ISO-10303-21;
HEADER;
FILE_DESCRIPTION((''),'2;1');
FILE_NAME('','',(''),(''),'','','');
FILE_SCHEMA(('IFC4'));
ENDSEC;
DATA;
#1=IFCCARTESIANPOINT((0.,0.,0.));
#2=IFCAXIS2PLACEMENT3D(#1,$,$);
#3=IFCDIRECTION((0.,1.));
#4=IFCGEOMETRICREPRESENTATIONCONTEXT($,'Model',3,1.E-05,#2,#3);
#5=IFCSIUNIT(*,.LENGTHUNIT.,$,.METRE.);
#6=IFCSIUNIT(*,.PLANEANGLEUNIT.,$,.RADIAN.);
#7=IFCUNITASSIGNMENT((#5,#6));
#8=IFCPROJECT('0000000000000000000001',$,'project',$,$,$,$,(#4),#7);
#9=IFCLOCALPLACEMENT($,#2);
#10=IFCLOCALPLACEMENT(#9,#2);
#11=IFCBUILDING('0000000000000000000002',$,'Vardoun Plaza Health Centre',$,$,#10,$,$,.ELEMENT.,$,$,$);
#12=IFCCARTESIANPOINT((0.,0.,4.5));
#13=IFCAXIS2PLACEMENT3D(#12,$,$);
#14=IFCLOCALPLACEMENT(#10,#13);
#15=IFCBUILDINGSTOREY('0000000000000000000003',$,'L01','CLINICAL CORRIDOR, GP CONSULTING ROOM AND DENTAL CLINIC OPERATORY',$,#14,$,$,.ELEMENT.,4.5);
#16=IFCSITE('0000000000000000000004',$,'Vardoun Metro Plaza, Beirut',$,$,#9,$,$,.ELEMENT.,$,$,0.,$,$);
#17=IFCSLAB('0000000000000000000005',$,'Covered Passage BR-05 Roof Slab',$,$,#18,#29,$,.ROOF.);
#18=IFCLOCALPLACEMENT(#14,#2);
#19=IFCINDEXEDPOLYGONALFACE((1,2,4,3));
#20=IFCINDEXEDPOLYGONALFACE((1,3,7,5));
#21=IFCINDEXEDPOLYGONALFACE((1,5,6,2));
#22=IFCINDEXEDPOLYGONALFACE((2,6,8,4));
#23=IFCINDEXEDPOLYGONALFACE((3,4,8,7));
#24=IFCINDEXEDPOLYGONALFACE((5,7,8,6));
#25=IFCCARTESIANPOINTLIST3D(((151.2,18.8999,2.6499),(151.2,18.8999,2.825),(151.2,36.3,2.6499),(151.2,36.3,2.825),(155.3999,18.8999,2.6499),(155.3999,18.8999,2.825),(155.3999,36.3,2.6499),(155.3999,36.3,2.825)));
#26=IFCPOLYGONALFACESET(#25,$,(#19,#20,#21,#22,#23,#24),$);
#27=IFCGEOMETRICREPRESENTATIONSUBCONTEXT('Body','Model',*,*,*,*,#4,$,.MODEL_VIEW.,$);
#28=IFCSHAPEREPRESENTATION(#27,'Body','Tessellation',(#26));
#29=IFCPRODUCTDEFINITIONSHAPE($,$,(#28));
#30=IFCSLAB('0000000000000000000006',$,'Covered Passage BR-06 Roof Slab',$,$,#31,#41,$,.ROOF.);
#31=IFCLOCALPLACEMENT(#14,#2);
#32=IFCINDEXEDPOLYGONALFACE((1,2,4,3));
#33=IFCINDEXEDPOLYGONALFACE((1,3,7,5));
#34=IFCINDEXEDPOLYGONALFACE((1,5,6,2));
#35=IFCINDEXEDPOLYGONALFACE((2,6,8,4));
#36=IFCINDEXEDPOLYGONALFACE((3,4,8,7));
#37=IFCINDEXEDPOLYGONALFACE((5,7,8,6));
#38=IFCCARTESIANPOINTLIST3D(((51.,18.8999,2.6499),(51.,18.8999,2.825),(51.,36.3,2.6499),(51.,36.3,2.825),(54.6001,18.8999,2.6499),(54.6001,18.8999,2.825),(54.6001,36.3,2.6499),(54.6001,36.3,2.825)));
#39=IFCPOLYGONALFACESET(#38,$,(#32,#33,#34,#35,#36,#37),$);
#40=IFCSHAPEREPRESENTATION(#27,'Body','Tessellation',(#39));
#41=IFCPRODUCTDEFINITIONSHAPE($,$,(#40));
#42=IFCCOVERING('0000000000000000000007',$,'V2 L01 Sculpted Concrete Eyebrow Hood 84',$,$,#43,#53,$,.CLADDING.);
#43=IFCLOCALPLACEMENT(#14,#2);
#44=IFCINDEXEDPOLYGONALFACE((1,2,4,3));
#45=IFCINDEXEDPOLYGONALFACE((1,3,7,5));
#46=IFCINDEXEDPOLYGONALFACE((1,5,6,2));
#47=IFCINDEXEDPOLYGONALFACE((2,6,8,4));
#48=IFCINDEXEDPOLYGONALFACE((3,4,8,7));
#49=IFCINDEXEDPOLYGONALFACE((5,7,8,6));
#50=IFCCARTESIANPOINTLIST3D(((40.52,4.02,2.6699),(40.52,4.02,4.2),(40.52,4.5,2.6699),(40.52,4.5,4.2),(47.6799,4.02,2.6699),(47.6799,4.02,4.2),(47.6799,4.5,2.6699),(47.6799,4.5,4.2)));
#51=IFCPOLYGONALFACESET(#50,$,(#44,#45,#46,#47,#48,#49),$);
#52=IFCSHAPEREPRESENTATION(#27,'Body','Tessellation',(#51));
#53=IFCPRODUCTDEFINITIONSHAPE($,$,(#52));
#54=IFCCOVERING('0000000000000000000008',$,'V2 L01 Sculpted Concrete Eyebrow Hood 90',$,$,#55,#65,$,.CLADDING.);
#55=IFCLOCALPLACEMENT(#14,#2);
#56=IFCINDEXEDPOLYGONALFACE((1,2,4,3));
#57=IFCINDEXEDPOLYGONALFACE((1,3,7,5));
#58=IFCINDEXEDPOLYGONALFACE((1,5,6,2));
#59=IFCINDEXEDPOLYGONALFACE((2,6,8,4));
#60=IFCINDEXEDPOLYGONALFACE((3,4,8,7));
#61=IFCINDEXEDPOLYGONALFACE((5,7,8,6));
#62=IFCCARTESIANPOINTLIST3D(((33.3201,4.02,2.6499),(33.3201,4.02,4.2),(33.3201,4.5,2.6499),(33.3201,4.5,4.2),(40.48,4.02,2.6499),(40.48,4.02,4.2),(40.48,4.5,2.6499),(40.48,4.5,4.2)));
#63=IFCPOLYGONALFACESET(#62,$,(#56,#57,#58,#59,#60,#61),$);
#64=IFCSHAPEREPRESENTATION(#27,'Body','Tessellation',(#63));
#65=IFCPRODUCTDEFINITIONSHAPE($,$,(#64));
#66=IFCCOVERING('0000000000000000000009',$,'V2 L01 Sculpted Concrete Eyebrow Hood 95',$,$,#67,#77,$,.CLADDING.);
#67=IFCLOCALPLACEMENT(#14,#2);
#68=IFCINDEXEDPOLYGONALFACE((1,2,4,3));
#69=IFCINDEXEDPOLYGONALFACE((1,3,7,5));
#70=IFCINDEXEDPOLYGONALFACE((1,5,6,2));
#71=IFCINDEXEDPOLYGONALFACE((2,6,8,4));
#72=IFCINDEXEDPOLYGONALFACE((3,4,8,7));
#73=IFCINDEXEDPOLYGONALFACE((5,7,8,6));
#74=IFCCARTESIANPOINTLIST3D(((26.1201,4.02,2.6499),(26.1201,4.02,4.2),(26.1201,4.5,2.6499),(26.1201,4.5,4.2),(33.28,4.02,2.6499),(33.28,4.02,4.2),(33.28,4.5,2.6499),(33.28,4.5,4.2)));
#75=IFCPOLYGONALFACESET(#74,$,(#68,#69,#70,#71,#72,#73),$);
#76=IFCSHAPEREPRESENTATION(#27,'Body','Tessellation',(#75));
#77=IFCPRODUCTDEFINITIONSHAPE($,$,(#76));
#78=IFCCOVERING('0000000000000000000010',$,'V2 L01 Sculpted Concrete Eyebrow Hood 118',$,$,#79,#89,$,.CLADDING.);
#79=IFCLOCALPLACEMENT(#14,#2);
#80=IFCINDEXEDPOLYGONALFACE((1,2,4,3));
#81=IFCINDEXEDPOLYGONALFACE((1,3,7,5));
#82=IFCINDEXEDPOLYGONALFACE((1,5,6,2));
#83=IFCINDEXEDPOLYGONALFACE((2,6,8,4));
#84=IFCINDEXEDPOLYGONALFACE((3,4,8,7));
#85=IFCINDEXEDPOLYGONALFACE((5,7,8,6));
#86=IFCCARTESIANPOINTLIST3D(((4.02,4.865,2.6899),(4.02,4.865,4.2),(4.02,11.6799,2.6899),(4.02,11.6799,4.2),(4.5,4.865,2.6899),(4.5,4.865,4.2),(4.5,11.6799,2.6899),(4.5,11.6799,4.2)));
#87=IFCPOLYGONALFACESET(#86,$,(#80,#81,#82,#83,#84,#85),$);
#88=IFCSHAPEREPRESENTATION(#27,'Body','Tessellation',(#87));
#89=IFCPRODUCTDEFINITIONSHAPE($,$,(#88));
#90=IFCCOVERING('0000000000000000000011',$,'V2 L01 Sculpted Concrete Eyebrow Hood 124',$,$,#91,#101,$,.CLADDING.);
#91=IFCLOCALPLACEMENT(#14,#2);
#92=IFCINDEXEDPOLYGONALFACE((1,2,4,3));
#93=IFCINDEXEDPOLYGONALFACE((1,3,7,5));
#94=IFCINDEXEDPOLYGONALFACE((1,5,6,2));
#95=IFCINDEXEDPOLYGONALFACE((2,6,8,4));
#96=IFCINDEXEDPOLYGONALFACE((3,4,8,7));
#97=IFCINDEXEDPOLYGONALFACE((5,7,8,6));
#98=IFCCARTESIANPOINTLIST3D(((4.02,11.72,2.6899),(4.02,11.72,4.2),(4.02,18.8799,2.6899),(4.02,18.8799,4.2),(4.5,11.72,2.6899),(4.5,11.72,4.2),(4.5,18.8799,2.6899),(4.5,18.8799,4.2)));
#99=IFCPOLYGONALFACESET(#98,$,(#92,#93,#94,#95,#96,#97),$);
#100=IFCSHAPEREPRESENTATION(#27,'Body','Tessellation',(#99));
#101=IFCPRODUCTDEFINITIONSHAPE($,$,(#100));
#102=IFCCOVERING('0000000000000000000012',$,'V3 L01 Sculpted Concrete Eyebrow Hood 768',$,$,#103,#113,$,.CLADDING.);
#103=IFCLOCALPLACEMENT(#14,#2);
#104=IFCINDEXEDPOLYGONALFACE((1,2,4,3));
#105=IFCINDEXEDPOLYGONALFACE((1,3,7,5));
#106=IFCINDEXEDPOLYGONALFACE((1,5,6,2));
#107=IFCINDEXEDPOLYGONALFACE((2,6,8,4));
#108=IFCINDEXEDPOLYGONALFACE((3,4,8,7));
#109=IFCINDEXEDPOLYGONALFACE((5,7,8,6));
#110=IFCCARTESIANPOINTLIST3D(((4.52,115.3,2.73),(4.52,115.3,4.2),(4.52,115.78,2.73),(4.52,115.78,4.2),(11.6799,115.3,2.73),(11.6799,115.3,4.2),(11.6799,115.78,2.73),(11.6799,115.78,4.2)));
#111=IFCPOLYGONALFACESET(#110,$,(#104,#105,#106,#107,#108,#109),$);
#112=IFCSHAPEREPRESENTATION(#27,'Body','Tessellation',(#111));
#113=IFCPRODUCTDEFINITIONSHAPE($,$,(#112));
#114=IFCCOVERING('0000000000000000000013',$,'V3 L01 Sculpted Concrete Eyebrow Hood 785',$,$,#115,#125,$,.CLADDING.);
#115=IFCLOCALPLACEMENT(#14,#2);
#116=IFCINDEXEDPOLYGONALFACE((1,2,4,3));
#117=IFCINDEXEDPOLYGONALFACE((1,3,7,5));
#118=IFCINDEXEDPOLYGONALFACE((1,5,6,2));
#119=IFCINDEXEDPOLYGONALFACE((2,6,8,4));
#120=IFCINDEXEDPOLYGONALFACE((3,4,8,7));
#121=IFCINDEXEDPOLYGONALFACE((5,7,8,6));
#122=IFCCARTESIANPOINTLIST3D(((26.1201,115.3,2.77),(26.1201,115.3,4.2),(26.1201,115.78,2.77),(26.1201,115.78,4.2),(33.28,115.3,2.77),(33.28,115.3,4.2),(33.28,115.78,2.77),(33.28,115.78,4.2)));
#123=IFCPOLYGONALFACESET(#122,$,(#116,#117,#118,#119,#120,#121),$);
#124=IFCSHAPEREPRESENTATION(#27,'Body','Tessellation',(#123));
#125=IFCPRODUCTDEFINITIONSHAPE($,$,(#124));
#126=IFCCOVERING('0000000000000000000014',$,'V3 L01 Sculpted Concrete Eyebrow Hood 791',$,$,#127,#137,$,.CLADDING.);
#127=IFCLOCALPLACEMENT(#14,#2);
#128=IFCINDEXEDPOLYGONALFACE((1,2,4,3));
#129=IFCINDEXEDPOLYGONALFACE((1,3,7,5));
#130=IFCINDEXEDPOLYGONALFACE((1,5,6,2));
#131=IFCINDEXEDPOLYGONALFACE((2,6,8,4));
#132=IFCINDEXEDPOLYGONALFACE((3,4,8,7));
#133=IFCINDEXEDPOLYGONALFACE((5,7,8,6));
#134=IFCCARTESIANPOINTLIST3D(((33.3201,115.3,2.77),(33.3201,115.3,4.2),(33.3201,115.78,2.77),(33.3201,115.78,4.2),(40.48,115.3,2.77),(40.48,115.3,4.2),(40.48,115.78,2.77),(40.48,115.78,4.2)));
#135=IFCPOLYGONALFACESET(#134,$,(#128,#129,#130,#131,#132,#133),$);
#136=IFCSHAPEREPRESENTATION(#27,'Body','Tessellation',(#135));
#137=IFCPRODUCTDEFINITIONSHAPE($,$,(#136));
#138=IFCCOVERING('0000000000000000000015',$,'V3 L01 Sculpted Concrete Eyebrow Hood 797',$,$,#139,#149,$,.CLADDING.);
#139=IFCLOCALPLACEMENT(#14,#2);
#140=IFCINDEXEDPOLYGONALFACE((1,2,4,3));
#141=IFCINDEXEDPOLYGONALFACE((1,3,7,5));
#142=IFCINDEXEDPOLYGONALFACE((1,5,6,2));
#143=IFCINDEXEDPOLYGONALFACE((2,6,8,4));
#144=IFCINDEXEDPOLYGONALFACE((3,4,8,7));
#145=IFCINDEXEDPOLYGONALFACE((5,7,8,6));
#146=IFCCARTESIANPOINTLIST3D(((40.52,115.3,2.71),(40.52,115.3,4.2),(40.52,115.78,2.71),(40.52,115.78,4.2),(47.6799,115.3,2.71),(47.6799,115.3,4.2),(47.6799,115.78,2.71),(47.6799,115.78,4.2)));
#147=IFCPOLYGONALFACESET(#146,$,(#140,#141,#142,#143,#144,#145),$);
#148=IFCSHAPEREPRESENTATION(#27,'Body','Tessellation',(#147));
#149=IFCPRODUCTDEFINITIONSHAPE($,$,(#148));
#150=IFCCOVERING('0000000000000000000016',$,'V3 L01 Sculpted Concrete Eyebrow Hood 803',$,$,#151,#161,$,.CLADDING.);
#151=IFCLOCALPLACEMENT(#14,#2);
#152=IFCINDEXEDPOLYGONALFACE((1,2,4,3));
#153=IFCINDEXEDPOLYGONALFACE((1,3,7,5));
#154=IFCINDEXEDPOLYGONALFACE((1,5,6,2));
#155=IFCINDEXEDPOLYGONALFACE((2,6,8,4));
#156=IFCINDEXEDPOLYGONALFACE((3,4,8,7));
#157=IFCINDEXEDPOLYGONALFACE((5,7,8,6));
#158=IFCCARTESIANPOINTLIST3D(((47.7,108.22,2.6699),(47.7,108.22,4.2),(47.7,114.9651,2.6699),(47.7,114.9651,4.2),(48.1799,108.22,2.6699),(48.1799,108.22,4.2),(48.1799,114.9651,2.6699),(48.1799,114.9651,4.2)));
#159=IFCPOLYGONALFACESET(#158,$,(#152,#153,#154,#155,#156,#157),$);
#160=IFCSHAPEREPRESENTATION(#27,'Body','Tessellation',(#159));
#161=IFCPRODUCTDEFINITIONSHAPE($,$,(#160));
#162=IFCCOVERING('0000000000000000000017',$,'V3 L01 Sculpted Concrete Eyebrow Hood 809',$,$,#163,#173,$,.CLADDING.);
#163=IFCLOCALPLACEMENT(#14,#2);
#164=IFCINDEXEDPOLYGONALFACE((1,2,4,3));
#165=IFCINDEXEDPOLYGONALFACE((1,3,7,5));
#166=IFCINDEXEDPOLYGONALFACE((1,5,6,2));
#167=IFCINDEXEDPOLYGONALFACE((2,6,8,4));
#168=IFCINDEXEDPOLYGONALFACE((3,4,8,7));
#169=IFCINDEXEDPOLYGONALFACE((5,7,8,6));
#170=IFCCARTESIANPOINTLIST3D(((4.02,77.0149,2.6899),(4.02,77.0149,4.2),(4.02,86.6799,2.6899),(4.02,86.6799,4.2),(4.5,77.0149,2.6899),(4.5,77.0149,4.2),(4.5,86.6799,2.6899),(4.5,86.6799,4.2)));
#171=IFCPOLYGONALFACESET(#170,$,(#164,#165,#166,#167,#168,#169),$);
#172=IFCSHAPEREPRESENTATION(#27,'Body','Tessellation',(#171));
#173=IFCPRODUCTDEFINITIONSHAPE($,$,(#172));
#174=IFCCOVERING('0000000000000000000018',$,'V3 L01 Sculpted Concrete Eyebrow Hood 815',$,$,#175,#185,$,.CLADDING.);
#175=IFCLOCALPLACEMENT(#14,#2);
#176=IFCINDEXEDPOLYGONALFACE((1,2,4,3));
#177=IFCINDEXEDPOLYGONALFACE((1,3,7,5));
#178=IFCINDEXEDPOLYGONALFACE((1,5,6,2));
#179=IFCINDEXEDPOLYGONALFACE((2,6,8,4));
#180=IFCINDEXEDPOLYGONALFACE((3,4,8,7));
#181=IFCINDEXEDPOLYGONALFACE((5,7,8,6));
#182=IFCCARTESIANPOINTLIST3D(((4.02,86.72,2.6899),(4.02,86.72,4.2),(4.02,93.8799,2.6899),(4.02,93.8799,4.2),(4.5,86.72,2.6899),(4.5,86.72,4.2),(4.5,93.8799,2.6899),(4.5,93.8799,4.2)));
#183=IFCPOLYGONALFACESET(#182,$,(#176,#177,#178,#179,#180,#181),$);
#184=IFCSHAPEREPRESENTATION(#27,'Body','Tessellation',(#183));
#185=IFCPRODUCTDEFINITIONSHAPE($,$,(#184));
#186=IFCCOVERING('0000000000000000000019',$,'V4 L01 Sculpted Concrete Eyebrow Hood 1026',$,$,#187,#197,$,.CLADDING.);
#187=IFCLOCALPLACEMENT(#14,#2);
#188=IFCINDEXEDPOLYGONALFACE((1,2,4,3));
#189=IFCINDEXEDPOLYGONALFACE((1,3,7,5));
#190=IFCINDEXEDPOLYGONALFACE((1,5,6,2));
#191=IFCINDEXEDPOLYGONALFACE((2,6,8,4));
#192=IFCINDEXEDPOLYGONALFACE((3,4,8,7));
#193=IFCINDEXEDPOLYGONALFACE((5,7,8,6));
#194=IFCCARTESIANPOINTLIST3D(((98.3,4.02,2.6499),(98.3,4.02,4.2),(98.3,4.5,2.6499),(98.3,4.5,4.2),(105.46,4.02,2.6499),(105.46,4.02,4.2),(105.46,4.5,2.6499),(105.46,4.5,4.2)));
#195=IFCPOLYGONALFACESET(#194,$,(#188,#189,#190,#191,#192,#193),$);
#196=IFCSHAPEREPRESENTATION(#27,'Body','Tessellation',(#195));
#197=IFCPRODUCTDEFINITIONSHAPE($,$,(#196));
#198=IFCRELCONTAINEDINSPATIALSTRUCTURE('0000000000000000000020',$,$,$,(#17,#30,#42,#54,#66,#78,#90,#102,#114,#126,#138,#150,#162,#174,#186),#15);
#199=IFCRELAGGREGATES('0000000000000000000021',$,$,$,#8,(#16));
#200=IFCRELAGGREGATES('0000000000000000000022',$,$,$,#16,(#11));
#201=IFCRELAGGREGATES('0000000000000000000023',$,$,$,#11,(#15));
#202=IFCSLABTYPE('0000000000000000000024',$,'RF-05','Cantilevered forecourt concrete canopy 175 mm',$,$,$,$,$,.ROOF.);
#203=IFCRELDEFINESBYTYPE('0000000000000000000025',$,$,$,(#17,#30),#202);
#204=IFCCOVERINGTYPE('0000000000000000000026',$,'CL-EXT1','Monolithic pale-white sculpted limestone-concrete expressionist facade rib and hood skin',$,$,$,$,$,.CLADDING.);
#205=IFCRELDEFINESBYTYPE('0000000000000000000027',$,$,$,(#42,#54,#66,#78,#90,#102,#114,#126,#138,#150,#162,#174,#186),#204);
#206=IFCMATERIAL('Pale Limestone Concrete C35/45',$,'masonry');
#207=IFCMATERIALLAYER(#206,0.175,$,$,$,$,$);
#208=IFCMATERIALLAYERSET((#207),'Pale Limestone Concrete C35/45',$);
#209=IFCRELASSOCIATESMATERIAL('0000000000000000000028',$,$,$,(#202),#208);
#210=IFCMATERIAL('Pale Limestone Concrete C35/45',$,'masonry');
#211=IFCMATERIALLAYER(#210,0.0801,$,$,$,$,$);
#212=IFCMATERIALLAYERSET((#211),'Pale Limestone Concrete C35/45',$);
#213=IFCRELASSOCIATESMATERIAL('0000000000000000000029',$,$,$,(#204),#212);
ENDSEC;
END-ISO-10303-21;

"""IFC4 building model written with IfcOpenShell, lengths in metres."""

from ifc_helpers import new_model, si_unit, direction, frame, origin, place, context, subcontext, project, spatial, polyline, outline, extrude, material, layer, layer_set, type_object, element, save


model = new_model("IFC4")

# Units and contexts
model_context = context("Model", 3, precision=1e-05, world=origin(), true_north=direction((0.0, 1.0)))
body_context = subcontext(model_context, "Body", "Model", "MODEL_VIEW")
ifc_project = project(units=[si_unit("LENGTHUNIT", "METRE"), si_unit("PLANEANGLEUNIT", "RADIAN")], contexts=[model_context])

# Site, building, storey
site_placement = place(None, origin())
site = spatial("IfcSite", under=ifc_project, at=site_placement, Name="Vardoun Metro Plaza, Beirut", CompositionType="ELEMENT", RefElevation=0.0)
building_placement = place(site_placement, origin())
building = spatial("IfcBuilding", under=site, at=building_placement, Name="Vardoun Plaza Health Centre", CompositionType="ELEMENT")
storey_placement = place(building_placement, frame((0.0, 0.0, 4.5)))
storey = spatial("IfcBuildingStorey", under=building, at=storey_placement, Name="L01", Description="CLINICAL CORRIDOR, GP CONSULTING ROOM AND DENTAL CLINIC OPERATORY", CompositionType="ELEMENT", Elevation=4.5)

# Slabs
ifc_material_1 = material(Name="Pale Limestone Concrete C35/45", Category="masonry")
ifc_layer_1 = layer(ifc_material_1, 0.175)
ifc_layer_set_1 = layer_set([ifc_layer_1], Name="Pale Limestone Concrete C35/45")
slab_type = type_object("IfcSlabType", Name="RF-05", Description="Cantilevered forecourt concrete canopy 175 mm", PredefinedType="ROOF", material=ifc_layer_set_1)
slab_1_placement = place(storey_placement, frame((0.0, 0.0, 2.6499)))
element("IfcSlab", 1, at=slab_1_placement, inside=storey, type_object=slab_type, Name="Covered Passage BR-05 Roof Slab", PredefinedType="ROOF", context=body_context, shape_type="SweptSolid", body=[
    extrude(outline(polyline([(151.2, 18.8999), (155.3999, 18.8999), (155.3999, 36.3), (151.2, 36.3), (151.2, 18.8999)])), origin(), (0.0, 0.0, 1.0), 0.175),
])
slab_2_placement = place(storey_placement, frame((0.0, 0.0, 2.6499)))
element("IfcSlab", 2, at=slab_2_placement, inside=storey, type_object=slab_type, Name="Covered Passage BR-06 Roof Slab", PredefinedType="ROOF", context=body_context, shape_type="SweptSolid", body=[
    extrude(outline(polyline([(51.0, 18.8999), (54.6001, 18.8999), (54.6001, 36.3), (51.0, 36.3), (51.0, 18.8999)])), origin(), (0.0, 0.0, 1.0), 0.175),
])

# Coverings
ifc_material_2 = material(Name="Pale Limestone Concrete C35/45", Category="masonry")
ifc_layer_2 = layer(ifc_material_2, 0.0801)
ifc_layer_set_2 = layer_set([ifc_layer_2], Name="Pale Limestone Concrete C35/45")
covering_type = type_object("IfcCoveringType", Name="CL-EXT1", Description="Monolithic pale-white sculpted limestone-concrete expressionist facade rib and hood skin", PredefinedType="CLADDING", material=ifc_layer_set_2)
covering_1_placement = place(storey_placement, frame((0.0, 0.0, 2.6699)))
element("IfcCovering", 3, at=covering_1_placement, inside=storey, type_object=covering_type, Name="V2 L01 Sculpted Concrete Eyebrow Hood 84", PredefinedType="CLADDING", context=body_context, shape_type="SweptSolid", body=[
    extrude(outline(polyline([(47.6799, 4.5), (40.52, 4.5), (40.52, 4.02), (47.6799, 4.02), (47.6799, 4.5)])), origin(), (0.0, 0.0, 1.0), 1.53),
])
covering_2_placement = place(storey_placement, frame((0.0, 0.0, 2.6499)))
element("IfcCovering", 4, at=covering_2_placement, inside=storey, type_object=covering_type, Name="V2 L01 Sculpted Concrete Eyebrow Hood 90", PredefinedType="CLADDING", context=body_context, shape_type="SweptSolid", body=[
    extrude(outline(polyline([(40.48, 4.5), (33.3201, 4.5), (33.3201, 4.02), (40.48, 4.02), (40.48, 4.5)])), origin(), (0.0, 0.0, 1.0), 1.55),
])
covering_3_placement = place(storey_placement, frame((0.0, 0.0, 2.6499)))
element("IfcCovering", 5, at=covering_3_placement, inside=storey, type_object=covering_type, Name="V2 L01 Sculpted Concrete Eyebrow Hood 95", PredefinedType="CLADDING", context=body_context, shape_type="SweptSolid", body=[
    extrude(outline(polyline([(33.28, 4.5), (26.1201, 4.5), (26.1201, 4.02), (33.28, 4.02), (33.28, 4.5)])), origin(), (0.0, 0.0, 1.0), 1.55),
])
covering_4_placement = place(storey_placement, frame((0.0, 0.0, 2.6899)))
element("IfcCovering", 6, at=covering_4_placement, inside=storey, type_object=covering_type, Name="V2 L01 Sculpted Concrete Eyebrow Hood 118", PredefinedType="CLADDING", context=body_context, shape_type="SweptSolid", body=[
    extrude(outline(polyline([(4.5, 4.865), (4.5, 11.6799), (4.02, 11.6799), (4.02, 4.865), (4.5, 4.865)])), origin(), (0.0, 0.0, 1.0), 1.51),
])
covering_5_placement = place(storey_placement, frame((0.0, 0.0, 2.6899)))
element("IfcCovering", 7, at=covering_5_placement, inside=storey, type_object=covering_type, Name="V2 L01 Sculpted Concrete Eyebrow Hood 124", PredefinedType="CLADDING", context=body_context, shape_type="SweptSolid", body=[
    extrude(outline(polyline([(4.5, 11.72), (4.5, 18.8799), (4.02, 18.8799), (4.02, 11.72), (4.5, 11.72)])), origin(), (0.0, 0.0, 1.0), 1.51),
])
covering_6_placement = place(storey_placement, frame((0.0, 0.0, 2.73)))
element("IfcCovering", 8, at=covering_6_placement, inside=storey, type_object=covering_type, Name="V3 L01 Sculpted Concrete Eyebrow Hood 768", PredefinedType="CLADDING", context=body_context, shape_type="SweptSolid", body=[
    extrude(outline(polyline([(4.52, 115.3), (11.6799, 115.3), (11.6799, 115.78), (4.52, 115.78), (4.52, 115.3)])), origin(), (0.0, 0.0, 1.0), 1.47),
])
covering_7_placement = place(storey_placement, frame((0.0, 0.0, 2.77)))
element("IfcCovering", 9, at=covering_7_placement, inside=storey, type_object=covering_type, Name="V3 L01 Sculpted Concrete Eyebrow Hood 785", PredefinedType="CLADDING", context=body_context, shape_type="SweptSolid", body=[
    extrude(outline(polyline([(26.1201, 115.3), (33.28, 115.3), (33.28, 115.78), (26.1201, 115.78), (26.1201, 115.3)])), origin(), (0.0, 0.0, 1.0), 1.4299),
])
covering_8_placement = place(storey_placement, frame((0.0, 0.0, 2.77)))
element("IfcCovering", 10, at=covering_8_placement, inside=storey, type_object=covering_type, Name="V3 L01 Sculpted Concrete Eyebrow Hood 791", PredefinedType="CLADDING", context=body_context, shape_type="SweptSolid", body=[
    extrude(outline(polyline([(33.3201, 115.3), (40.48, 115.3), (40.48, 115.78), (33.3201, 115.78), (33.3201, 115.3)])), origin(), (0.0, 0.0, 1.0), 1.4299),
])
covering_9_placement = place(storey_placement, frame((0.0, 0.0, 2.71)))
element("IfcCovering", 11, at=covering_9_placement, inside=storey, type_object=covering_type, Name="V3 L01 Sculpted Concrete Eyebrow Hood 797", PredefinedType="CLADDING", context=body_context, shape_type="SweptSolid", body=[
    extrude(outline(polyline([(40.52, 115.3), (47.6799, 115.3), (47.6799, 115.78), (40.52, 115.78), (40.52, 115.3)])), origin(), (0.0, 0.0, 1.0), 1.49),
])
covering_10_placement = place(storey_placement, frame((0.0, 0.0, 2.6699)))
element("IfcCovering", 12, at=covering_10_placement, inside=storey, type_object=covering_type, Name="V3 L01 Sculpted Concrete Eyebrow Hood 803", PredefinedType="CLADDING", context=body_context, shape_type="SweptSolid", body=[
    extrude(outline(polyline([(47.7, 114.9651), (47.7, 108.22), (48.1799, 108.22), (48.1799, 114.9651), (47.7, 114.9651)])), origin(), (0.0, 0.0, 1.0), 1.53),
])
covering_11_placement = place(storey_placement, frame((0.0, 0.0, 2.6899)))
element("IfcCovering", 13, at=covering_11_placement, inside=storey, type_object=covering_type, Name="V3 L01 Sculpted Concrete Eyebrow Hood 809", PredefinedType="CLADDING", context=body_context, shape_type="SweptSolid", body=[
    extrude(outline(polyline([(4.5, 77.0149), (4.5, 86.6799), (4.02, 86.6799), (4.02, 77.0149), (4.5, 77.0149)])), origin(), (0.0, 0.0, 1.0), 1.51),
])
covering_12_placement = place(storey_placement, frame((0.0, 0.0, 2.6899)))
element("IfcCovering", 14, at=covering_12_placement, inside=storey, type_object=covering_type, Name="V3 L01 Sculpted Concrete Eyebrow Hood 815", PredefinedType="CLADDING", context=body_context, shape_type="SweptSolid", body=[
    extrude(outline(polyline([(4.5, 86.72), (4.5, 93.8799), (4.02, 93.8799), (4.02, 86.72), (4.5, 86.72)])), origin(), (0.0, 0.0, 1.0), 1.51),
])
covering_13_placement = place(storey_placement, frame((0.0, 0.0, 2.6499)))
element("IfcCovering", 15, at=covering_13_placement, inside=storey, type_object=covering_type, Name="V4 L01 Sculpted Concrete Eyebrow Hood 1026", PredefinedType="CLADDING", context=body_context, shape_type="SweptSolid", body=[
    extrude(outline(polyline([(105.46, 4.5), (98.3, 4.5), (98.3, 4.02), (105.46, 4.02), (105.46, 4.5)])), origin(), (0.0, 0.0, 1.0), 1.55),
])

save(model, "model.ifc")
